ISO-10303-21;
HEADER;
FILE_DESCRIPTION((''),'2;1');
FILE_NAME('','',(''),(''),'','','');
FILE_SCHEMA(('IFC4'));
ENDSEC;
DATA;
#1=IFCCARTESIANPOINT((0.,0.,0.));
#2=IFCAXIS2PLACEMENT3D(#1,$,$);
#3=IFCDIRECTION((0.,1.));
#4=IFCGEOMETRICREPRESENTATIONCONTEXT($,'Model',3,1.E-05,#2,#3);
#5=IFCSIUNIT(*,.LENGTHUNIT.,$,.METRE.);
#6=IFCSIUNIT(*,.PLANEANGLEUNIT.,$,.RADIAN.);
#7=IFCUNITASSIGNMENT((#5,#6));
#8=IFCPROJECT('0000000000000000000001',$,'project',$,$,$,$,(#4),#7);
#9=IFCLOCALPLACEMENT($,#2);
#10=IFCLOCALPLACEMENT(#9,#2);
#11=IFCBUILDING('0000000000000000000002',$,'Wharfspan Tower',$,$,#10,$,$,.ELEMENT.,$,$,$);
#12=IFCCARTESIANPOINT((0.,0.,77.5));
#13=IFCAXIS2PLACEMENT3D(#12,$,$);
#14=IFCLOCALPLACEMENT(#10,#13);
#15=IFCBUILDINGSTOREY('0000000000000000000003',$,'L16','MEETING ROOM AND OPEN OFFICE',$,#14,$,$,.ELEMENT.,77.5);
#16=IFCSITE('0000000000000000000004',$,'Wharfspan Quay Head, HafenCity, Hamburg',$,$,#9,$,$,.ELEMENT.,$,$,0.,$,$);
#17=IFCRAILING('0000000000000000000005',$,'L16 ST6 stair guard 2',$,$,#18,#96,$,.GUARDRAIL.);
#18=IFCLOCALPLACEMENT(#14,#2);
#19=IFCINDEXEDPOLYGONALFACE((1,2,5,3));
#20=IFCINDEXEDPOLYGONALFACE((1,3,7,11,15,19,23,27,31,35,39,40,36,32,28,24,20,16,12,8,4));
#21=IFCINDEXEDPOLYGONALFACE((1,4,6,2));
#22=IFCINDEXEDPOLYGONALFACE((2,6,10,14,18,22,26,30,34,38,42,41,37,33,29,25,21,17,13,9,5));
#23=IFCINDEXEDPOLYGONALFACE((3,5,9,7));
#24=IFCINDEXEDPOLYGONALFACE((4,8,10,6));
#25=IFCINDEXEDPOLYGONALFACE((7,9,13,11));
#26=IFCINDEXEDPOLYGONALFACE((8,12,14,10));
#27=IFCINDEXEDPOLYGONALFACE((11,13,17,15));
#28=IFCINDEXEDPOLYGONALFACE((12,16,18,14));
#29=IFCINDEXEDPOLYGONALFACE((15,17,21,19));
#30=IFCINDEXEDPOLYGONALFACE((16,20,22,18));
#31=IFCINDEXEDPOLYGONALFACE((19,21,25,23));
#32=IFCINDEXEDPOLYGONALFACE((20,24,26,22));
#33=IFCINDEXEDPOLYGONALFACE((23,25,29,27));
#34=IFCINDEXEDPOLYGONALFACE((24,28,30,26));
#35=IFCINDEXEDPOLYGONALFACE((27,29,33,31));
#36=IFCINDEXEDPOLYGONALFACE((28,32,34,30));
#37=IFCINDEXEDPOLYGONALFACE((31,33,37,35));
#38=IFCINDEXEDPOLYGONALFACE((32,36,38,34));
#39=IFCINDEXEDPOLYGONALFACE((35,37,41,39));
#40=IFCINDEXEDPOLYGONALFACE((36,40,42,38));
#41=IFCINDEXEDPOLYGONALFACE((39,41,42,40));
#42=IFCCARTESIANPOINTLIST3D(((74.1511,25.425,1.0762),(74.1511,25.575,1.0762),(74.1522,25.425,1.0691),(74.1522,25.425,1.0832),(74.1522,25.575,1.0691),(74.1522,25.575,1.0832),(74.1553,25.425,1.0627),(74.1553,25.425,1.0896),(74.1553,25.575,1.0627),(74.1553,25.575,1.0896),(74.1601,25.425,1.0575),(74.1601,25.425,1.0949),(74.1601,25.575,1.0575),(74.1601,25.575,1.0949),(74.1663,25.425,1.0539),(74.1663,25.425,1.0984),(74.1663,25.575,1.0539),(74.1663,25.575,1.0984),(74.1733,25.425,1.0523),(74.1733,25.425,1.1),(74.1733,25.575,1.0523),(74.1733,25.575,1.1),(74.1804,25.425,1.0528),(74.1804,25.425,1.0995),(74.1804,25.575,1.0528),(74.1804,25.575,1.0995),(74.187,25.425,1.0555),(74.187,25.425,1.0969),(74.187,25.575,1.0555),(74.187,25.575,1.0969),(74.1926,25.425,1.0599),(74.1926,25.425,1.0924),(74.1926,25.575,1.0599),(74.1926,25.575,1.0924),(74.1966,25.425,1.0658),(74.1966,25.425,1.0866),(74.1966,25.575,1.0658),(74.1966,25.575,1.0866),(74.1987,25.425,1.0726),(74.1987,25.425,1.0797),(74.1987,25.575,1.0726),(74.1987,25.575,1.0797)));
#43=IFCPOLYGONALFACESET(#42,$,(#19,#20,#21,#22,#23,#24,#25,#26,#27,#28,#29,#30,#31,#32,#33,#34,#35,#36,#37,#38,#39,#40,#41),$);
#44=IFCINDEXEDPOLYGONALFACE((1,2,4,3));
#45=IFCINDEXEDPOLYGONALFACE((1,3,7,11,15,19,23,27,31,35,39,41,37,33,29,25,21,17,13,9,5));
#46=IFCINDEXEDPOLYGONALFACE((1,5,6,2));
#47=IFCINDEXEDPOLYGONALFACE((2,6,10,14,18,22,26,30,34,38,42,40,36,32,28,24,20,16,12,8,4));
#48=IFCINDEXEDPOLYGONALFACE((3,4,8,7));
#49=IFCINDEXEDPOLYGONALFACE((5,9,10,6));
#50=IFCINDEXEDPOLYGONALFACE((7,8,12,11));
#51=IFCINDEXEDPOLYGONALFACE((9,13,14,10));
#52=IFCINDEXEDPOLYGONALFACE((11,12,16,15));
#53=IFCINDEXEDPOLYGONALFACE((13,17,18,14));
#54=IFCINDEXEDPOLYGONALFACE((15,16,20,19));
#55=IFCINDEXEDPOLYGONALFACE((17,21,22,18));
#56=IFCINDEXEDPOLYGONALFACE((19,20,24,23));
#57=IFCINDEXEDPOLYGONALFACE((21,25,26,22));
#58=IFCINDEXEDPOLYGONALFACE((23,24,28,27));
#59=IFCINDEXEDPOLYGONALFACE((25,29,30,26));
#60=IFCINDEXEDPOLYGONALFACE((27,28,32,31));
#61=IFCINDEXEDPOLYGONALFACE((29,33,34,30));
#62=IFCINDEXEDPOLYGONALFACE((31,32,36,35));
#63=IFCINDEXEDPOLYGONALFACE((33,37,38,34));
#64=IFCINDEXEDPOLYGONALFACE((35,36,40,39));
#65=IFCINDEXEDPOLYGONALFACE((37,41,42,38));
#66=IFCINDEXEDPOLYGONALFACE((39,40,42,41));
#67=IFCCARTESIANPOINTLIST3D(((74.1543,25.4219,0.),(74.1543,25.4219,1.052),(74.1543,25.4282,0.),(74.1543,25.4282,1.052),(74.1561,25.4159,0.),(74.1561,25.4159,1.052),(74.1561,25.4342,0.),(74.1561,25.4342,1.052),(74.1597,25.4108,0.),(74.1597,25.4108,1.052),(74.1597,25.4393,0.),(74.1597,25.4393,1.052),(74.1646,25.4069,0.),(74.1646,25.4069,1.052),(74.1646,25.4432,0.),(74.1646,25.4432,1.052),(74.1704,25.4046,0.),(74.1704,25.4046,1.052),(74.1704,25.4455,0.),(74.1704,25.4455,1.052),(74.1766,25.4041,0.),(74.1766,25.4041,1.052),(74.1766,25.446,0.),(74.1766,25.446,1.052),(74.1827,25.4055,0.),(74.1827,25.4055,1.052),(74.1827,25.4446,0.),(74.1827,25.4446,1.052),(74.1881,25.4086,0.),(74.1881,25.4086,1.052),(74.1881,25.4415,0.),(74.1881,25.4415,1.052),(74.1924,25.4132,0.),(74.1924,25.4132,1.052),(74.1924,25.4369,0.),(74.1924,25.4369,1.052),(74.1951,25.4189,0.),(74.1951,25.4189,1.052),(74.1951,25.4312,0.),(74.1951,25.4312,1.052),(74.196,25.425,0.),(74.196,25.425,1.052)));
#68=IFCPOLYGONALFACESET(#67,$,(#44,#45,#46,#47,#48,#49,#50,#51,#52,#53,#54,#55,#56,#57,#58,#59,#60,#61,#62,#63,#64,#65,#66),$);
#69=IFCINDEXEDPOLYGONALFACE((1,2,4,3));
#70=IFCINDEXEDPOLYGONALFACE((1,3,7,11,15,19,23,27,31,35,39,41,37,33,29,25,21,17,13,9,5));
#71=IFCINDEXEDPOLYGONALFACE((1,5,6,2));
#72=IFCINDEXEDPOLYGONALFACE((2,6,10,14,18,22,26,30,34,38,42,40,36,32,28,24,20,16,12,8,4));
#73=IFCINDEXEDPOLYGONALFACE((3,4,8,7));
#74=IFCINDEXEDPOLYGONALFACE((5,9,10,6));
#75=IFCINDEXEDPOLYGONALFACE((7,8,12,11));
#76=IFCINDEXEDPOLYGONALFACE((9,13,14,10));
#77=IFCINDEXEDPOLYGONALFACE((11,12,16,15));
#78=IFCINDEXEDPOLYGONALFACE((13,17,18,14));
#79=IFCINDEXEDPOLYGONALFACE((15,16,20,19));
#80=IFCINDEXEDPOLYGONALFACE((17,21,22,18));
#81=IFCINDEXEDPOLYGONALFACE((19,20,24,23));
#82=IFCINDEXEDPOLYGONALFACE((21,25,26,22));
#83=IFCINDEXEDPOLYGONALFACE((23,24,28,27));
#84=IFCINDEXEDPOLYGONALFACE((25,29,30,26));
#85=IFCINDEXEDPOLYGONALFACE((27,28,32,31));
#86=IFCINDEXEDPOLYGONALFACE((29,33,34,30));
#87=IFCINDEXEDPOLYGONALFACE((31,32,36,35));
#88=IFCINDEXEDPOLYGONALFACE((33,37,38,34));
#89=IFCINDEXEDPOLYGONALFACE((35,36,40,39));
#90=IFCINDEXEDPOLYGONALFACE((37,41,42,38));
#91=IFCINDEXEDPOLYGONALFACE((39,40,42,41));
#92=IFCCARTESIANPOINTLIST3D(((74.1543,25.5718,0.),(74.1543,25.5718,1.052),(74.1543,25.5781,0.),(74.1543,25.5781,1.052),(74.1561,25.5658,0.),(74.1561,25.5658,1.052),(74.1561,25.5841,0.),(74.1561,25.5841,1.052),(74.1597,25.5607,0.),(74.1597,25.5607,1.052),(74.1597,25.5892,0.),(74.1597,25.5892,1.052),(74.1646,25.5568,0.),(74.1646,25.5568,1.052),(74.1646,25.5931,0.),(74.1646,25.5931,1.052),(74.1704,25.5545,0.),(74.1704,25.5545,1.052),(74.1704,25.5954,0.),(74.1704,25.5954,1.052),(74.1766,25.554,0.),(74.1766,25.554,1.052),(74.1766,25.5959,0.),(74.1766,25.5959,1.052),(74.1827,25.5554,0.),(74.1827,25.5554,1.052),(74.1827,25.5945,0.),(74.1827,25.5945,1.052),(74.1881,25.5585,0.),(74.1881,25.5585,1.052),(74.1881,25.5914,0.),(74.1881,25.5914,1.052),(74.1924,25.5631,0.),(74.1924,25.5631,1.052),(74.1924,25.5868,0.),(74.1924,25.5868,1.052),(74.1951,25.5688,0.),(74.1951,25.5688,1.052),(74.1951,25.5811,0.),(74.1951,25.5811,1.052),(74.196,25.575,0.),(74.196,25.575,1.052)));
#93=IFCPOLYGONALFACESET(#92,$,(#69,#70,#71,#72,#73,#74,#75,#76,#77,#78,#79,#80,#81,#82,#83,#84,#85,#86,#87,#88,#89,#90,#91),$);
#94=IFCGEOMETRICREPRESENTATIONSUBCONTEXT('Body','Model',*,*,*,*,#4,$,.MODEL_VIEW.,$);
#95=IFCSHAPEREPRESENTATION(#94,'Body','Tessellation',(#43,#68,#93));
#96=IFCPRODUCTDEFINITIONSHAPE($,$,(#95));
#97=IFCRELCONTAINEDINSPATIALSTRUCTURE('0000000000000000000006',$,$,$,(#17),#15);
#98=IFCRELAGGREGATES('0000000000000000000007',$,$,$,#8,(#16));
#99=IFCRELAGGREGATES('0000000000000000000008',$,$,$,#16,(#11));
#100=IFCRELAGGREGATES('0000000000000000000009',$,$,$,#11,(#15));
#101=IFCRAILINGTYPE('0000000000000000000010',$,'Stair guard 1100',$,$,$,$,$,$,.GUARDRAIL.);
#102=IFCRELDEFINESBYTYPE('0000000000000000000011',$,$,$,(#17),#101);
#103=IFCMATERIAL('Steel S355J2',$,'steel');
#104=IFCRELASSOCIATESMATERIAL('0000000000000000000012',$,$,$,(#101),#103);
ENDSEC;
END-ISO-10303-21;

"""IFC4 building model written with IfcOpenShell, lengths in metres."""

from ifc_helpers import new_model, si_unit, direction, frame, origin, origin_2d, place, context, subcontext, project, spatial, circle, extrude, material, type_object, element, save


model = new_model("IFC4")

# Units and contexts
model_context = context("Model", 3, precision=1e-05, world=origin(), true_north=direction((0.0, 1.0)))
body_context = subcontext(model_context, "Body", "Model", "MODEL_VIEW")
ifc_project = project(units=[si_unit("LENGTHUNIT", "METRE"), si_unit("PLANEANGLEUNIT", "RADIAN")], contexts=[model_context])

# Site, building, storey
site_placement = place(None, origin())
site = spatial("IfcSite", under=ifc_project, at=site_placement, Name="Wharfspan Quay Head, HafenCity, Hamburg", CompositionType="ELEMENT", RefElevation=0.0)
building_placement = place(site_placement, origin())
building = spatial("IfcBuilding", under=site, at=building_placement, Name="Wharfspan Tower", CompositionType="ELEMENT")
storey_placement = place(building_placement, frame((0.0, 0.0, 77.5)))
storey = spatial("IfcBuildingStorey", under=building, at=storey_placement, Name="L16", Description="MEETING ROOM AND OPEN OFFICE", CompositionType="ELEMENT", Elevation=77.5)

# Shared definitions
ifc_material_1 = material(Name="Steel S355J2", Category="steel")

# Railing
railing_type_1 = type_object("IfcRailingType", Name="Stair guard 1100", PredefinedType="GUARDRAIL", material=ifc_material_1)
railing_1_placement = place(storey_placement, frame((74.175, 25.425, 0.0)))
element("IfcRailing", 1, at=railing_1_placement, inside=storey, type_object=railing_type_1, Name="L16 ST6 stair guard 2", PredefinedType="GUARDRAIL", context=body_context, shape_type="SweptSolid", body=[
    extrude(circle(Radius=0.0239, at=origin_2d()), frame((0.0, 0.0, 1.0762), z_axis=(0.0, 1.0, 0.0), x_axis=(-1.0, 0.0, 0.0)), (0.0, 0.0, 1.0), 0.1499),
    extrude(circle(Radius=0.021, at=origin_2d()), origin(), (0.0, 0.0, 1.0), 1.052),
    extrude(circle(Radius=0.021, at=origin_2d()), frame((0.0, 0.1499, 0.0)), (0.0, 0.0, 1.0), 1.052),
])

save(model, "model.ifc")
